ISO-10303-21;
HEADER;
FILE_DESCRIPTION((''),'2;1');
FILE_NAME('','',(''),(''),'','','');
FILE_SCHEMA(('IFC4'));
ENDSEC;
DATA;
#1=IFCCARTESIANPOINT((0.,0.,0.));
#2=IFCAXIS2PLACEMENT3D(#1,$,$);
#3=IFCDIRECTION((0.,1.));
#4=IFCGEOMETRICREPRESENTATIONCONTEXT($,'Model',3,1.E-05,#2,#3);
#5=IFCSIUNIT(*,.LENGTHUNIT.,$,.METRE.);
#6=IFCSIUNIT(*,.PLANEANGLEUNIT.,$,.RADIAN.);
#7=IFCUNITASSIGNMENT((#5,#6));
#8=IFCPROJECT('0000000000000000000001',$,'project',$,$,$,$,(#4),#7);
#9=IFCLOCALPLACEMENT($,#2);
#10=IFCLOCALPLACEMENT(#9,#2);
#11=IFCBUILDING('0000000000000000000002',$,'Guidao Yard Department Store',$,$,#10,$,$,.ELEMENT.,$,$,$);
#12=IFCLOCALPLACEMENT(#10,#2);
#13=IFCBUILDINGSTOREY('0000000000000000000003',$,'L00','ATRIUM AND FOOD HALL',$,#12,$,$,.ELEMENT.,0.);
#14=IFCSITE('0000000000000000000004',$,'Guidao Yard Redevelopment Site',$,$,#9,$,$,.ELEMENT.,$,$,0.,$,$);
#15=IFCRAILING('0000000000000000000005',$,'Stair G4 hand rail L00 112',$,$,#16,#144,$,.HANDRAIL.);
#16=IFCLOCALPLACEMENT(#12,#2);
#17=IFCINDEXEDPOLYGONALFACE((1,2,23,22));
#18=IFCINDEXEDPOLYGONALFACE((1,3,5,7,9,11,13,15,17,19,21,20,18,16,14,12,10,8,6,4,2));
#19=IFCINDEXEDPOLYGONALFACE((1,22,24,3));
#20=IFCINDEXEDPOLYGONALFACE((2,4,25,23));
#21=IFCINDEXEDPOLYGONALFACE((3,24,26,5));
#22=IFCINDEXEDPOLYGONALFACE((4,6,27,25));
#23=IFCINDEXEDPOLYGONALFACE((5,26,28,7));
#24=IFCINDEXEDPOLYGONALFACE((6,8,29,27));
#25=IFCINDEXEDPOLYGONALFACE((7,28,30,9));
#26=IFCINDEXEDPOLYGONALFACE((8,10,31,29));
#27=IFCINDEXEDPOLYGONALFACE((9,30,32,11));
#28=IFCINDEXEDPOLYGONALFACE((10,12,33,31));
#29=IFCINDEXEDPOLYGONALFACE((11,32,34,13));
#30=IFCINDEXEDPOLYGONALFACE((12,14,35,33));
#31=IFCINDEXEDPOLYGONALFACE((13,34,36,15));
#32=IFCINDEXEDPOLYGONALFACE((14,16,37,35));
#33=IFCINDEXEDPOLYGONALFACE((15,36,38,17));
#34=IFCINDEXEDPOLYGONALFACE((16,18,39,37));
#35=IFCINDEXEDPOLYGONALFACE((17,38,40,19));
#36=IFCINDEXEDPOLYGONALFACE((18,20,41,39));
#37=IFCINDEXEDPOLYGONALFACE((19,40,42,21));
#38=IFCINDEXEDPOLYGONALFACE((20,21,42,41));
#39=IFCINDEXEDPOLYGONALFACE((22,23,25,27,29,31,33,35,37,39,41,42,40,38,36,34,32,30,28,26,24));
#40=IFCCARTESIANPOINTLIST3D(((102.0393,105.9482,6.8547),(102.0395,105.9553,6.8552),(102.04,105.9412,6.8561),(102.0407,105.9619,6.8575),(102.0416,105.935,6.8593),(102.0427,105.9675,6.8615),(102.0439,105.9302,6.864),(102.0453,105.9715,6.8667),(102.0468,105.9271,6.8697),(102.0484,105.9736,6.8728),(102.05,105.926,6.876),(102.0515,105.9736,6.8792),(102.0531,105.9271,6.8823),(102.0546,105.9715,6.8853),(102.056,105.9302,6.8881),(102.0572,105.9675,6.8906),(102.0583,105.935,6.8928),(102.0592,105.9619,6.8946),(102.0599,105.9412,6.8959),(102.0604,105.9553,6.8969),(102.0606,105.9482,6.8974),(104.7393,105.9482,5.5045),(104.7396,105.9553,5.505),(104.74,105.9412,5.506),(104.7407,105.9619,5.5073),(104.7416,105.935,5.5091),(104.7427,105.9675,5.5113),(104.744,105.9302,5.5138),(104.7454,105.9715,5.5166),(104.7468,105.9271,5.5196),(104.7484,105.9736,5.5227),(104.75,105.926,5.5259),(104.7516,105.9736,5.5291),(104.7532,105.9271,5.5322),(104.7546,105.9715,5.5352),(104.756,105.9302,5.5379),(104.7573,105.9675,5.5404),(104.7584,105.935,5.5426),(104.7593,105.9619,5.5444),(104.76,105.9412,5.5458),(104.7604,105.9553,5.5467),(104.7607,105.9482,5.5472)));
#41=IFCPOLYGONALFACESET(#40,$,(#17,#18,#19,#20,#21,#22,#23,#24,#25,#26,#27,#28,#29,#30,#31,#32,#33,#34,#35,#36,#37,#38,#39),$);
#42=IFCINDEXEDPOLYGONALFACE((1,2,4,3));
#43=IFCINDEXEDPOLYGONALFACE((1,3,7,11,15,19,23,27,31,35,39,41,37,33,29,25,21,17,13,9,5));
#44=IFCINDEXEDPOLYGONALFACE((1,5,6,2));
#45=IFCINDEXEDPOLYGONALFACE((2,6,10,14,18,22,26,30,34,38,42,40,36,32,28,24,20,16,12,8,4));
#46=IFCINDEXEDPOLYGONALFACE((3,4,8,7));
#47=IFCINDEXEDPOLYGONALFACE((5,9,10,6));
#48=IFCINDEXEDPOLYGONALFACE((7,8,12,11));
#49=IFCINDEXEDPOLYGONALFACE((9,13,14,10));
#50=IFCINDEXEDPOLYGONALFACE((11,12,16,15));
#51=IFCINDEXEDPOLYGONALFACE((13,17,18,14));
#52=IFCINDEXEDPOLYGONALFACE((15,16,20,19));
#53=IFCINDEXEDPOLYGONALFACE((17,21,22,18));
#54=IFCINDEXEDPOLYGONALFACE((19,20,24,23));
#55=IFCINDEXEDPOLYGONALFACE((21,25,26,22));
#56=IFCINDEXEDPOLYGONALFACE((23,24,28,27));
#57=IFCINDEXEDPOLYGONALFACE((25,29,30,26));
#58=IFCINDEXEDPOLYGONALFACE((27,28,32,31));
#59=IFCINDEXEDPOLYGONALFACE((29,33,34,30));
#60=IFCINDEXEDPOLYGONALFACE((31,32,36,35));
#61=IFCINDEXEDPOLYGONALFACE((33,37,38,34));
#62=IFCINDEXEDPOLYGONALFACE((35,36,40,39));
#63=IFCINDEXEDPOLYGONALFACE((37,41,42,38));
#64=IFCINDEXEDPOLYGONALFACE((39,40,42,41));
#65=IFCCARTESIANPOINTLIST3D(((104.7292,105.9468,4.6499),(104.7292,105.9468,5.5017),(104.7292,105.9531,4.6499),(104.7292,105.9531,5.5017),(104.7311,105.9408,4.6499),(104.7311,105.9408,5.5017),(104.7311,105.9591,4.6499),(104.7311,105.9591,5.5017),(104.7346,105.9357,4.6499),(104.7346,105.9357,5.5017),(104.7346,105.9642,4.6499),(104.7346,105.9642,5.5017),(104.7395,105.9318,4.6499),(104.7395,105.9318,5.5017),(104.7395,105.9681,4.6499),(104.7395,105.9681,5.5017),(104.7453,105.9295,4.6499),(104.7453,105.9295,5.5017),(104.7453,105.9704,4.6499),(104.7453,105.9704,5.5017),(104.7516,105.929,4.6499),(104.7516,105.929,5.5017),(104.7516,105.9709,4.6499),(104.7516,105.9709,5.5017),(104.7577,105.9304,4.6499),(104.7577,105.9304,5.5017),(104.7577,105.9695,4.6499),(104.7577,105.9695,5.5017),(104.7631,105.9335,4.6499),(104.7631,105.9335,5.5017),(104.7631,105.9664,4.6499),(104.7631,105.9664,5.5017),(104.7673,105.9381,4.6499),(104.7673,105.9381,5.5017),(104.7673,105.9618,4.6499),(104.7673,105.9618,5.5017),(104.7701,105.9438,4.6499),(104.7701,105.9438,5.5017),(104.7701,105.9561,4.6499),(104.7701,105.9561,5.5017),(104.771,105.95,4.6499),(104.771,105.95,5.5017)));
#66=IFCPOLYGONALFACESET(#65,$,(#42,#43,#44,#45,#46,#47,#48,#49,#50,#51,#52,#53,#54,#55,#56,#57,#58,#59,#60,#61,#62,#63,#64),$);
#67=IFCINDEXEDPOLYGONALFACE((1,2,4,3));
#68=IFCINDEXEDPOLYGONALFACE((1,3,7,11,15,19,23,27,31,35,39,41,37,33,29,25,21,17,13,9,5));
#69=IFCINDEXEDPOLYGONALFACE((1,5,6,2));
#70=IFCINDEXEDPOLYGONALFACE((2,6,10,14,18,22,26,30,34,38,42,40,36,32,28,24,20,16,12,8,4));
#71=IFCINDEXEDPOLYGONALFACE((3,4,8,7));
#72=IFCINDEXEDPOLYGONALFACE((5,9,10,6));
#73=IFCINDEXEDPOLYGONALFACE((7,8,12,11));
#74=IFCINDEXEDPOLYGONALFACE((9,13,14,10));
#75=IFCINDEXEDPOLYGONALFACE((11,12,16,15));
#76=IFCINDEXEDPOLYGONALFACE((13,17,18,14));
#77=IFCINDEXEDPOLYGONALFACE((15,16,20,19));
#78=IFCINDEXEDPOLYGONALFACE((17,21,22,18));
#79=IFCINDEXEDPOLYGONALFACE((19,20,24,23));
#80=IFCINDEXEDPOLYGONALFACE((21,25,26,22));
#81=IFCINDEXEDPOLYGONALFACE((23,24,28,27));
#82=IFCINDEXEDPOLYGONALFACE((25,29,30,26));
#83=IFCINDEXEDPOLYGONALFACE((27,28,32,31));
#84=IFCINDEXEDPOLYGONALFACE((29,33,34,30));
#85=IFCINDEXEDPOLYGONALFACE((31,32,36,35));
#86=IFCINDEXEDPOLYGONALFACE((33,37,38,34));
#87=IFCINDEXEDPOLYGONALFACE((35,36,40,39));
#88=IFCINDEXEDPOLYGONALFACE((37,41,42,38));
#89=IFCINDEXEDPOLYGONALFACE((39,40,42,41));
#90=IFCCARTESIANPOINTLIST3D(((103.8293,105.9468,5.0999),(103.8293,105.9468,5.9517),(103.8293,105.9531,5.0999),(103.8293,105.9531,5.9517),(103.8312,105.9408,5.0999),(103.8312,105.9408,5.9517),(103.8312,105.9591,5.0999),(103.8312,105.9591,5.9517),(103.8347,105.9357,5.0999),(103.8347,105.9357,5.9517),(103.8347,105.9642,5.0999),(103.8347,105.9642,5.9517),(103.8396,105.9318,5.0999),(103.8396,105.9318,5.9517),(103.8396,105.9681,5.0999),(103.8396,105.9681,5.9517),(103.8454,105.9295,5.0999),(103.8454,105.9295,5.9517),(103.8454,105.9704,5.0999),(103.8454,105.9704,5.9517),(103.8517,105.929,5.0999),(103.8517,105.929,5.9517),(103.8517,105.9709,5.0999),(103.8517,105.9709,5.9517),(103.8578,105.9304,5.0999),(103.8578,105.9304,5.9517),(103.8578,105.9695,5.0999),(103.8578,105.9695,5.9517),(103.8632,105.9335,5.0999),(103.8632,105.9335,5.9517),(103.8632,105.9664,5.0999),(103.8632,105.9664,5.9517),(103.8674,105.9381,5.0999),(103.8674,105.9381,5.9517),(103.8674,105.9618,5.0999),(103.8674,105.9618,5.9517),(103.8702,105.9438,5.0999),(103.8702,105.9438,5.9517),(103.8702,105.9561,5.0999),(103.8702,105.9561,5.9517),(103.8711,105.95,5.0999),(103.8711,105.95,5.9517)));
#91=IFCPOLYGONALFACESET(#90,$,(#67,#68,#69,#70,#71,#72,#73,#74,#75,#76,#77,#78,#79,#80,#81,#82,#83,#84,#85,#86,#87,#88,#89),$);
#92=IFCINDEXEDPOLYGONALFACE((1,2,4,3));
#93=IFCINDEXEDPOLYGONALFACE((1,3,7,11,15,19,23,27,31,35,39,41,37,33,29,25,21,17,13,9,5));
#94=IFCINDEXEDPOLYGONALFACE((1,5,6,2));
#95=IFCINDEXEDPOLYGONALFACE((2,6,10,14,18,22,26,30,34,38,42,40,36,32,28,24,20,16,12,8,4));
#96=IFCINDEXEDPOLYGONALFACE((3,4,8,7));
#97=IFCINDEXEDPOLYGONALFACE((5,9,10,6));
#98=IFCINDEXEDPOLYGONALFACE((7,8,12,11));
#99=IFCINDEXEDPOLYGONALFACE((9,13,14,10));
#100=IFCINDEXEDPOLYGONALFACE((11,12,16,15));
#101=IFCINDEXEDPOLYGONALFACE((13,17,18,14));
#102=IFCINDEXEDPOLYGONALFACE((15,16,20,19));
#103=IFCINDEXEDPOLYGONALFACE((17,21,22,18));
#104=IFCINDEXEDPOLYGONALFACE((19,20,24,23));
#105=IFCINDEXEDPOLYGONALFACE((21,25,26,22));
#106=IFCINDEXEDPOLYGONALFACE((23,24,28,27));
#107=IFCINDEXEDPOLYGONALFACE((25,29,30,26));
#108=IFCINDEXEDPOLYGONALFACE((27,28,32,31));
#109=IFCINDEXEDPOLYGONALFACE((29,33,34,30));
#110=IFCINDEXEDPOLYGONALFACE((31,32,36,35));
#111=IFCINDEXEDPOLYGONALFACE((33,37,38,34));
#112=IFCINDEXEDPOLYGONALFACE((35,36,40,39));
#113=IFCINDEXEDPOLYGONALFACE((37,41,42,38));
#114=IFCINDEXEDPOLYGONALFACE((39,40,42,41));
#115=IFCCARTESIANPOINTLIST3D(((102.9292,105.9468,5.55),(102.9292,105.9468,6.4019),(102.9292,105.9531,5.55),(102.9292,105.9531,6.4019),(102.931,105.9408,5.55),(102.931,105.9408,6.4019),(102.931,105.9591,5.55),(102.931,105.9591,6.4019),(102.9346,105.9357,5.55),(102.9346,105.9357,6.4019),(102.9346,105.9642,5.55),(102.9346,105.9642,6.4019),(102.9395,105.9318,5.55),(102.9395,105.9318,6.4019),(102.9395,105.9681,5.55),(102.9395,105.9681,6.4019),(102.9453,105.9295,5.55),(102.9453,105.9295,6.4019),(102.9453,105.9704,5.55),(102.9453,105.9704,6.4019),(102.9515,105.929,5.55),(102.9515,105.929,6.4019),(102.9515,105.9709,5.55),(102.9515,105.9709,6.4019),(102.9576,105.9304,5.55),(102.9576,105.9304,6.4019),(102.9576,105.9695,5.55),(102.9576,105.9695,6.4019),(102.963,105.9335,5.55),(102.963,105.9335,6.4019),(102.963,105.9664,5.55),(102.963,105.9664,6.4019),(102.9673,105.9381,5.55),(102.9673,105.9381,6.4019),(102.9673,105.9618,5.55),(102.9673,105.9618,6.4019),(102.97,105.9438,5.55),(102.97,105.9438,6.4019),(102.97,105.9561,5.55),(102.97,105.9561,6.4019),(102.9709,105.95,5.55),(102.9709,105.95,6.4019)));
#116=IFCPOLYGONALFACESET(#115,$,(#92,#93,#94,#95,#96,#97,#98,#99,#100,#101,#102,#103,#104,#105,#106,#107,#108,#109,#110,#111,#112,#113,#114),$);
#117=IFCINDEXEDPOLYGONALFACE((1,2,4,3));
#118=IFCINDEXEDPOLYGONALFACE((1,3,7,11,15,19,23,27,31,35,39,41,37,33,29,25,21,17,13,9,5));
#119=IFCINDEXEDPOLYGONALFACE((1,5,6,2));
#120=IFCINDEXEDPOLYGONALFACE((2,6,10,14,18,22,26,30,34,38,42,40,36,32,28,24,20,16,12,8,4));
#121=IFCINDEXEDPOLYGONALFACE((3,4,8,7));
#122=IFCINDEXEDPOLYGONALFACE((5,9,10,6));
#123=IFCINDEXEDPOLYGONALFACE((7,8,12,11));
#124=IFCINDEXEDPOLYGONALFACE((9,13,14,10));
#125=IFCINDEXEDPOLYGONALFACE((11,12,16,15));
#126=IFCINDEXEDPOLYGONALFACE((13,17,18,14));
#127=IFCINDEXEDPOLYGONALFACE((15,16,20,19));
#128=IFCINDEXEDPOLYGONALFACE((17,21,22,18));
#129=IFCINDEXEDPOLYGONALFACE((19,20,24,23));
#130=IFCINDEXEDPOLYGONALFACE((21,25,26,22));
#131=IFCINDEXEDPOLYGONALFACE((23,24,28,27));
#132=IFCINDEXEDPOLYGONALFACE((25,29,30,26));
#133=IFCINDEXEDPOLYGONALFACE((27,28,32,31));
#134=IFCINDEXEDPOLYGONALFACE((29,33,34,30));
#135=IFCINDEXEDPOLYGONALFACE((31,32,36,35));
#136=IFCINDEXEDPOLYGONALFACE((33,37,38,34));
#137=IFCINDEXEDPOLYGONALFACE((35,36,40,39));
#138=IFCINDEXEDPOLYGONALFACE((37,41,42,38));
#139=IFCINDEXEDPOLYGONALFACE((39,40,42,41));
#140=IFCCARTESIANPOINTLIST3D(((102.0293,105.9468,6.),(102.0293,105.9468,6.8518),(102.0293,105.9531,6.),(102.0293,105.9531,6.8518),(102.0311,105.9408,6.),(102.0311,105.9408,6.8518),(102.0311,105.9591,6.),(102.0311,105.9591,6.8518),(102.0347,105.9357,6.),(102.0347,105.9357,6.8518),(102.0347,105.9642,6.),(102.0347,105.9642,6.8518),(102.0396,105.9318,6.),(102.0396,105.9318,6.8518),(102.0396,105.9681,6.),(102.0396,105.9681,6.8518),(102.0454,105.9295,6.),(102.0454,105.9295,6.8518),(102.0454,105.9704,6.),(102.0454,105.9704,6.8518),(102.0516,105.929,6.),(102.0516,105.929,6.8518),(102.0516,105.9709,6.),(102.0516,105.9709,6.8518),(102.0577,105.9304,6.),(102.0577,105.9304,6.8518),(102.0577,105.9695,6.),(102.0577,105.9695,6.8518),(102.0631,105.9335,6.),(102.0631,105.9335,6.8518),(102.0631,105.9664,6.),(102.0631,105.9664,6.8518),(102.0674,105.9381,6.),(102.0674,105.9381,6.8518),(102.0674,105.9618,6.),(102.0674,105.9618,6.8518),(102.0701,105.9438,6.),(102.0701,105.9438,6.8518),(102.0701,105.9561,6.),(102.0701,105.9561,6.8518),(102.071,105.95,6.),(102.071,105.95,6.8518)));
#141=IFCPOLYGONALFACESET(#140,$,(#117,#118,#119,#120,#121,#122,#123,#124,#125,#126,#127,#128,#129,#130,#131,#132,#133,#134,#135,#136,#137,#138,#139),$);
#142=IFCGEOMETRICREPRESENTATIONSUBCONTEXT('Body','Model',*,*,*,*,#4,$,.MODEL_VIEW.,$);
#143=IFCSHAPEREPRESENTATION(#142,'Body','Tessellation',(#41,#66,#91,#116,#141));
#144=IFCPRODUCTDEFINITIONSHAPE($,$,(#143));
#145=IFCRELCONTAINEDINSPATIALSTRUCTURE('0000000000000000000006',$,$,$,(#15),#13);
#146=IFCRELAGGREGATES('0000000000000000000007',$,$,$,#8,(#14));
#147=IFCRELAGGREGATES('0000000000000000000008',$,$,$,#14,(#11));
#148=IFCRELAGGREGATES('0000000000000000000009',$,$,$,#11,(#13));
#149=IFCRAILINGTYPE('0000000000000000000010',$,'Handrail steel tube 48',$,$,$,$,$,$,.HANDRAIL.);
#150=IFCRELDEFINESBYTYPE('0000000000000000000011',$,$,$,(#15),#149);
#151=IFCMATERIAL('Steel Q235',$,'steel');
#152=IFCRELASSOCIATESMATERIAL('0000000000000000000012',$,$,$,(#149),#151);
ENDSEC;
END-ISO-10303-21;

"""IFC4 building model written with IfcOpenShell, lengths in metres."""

from ifc_helpers import new_model, si_unit, direction, frame, origin, origin_2d, place, context, subcontext, project, spatial, circle, extrude, material, type_object, element, save


model = new_model("IFC4")

# Units and contexts
model_context = context("Model", 3, precision=1e-05, world=origin(), true_north=direction((0.0, 1.0)))
body_context = subcontext(model_context, "Body", "Model", "MODEL_VIEW")
ifc_project = project(units=[si_unit("LENGTHUNIT", "METRE"), si_unit("PLANEANGLEUNIT", "RADIAN")], contexts=[model_context])

# Site, building, storey
site_placement = place(None, origin())
site = spatial("IfcSite", under=ifc_project, at=site_placement, Name="Guidao Yard Redevelopment Site", CompositionType="ELEMENT", RefElevation=0.0)
building_placement = place(site_placement, origin())
building = spatial("IfcBuilding", under=site, at=building_placement, Name="Guidao Yard Department Store", CompositionType="ELEMENT")
storey_placement = place(building_placement, origin())
storey = spatial("IfcBuildingStorey", under=building, at=storey_placement, Name="L00", Description="ATRIUM AND FOOD HALL", CompositionType="ELEMENT", Elevation=0.0)

# Railing
ifc_material_1 = material(Name="Steel Q235", Category="steel")
railing_type = type_object("IfcRailingType", Name="Handrail steel tube 48", PredefinedType="HANDRAIL", material=ifc_material_1)
for number, where, name in (
    (1, (104.75, 105.95, 4.6499), "Stair G4 hand rail L00 112"),
):
    element("IfcRailing", number, at=place(storey_placement, frame(where)), inside=storey, type_object=railing_type, Name=name, PredefinedType="HANDRAIL", context=body_context, shape_type="SweptSolid", body=[
        extrude(circle(Radius=0.0239, at=origin_2d()), frame((0.0, 0.0, 0.876), z_axis=(-0.894411, 0.0, 0.447246), x_axis=(0.0, -1.0, 0.0)), (0.0, 0.0, 1.0), 3.0188),
        extrude(circle(Radius=0.021, at=origin_2d()), origin(), (0.0, 0.0, 1.0), 0.8518),
        extrude(circle(Radius=0.021, at=origin_2d()), frame((-0.8999, 0.0, 0.45)), (0.0, 0.0, 1.0), 0.8518),
        extrude(circle(Radius=0.021, at=origin_2d()), frame((-1.8, 0.0, 0.9001)), (0.0, 0.0, 1.0), 0.8518),
        extrude(circle(Radius=0.021, at=origin_2d()), frame((-2.7, 0.0, 1.3501)), (0.0, 0.0, 1.0), 0.8518),
    ])

save(model, "model.ifc")
